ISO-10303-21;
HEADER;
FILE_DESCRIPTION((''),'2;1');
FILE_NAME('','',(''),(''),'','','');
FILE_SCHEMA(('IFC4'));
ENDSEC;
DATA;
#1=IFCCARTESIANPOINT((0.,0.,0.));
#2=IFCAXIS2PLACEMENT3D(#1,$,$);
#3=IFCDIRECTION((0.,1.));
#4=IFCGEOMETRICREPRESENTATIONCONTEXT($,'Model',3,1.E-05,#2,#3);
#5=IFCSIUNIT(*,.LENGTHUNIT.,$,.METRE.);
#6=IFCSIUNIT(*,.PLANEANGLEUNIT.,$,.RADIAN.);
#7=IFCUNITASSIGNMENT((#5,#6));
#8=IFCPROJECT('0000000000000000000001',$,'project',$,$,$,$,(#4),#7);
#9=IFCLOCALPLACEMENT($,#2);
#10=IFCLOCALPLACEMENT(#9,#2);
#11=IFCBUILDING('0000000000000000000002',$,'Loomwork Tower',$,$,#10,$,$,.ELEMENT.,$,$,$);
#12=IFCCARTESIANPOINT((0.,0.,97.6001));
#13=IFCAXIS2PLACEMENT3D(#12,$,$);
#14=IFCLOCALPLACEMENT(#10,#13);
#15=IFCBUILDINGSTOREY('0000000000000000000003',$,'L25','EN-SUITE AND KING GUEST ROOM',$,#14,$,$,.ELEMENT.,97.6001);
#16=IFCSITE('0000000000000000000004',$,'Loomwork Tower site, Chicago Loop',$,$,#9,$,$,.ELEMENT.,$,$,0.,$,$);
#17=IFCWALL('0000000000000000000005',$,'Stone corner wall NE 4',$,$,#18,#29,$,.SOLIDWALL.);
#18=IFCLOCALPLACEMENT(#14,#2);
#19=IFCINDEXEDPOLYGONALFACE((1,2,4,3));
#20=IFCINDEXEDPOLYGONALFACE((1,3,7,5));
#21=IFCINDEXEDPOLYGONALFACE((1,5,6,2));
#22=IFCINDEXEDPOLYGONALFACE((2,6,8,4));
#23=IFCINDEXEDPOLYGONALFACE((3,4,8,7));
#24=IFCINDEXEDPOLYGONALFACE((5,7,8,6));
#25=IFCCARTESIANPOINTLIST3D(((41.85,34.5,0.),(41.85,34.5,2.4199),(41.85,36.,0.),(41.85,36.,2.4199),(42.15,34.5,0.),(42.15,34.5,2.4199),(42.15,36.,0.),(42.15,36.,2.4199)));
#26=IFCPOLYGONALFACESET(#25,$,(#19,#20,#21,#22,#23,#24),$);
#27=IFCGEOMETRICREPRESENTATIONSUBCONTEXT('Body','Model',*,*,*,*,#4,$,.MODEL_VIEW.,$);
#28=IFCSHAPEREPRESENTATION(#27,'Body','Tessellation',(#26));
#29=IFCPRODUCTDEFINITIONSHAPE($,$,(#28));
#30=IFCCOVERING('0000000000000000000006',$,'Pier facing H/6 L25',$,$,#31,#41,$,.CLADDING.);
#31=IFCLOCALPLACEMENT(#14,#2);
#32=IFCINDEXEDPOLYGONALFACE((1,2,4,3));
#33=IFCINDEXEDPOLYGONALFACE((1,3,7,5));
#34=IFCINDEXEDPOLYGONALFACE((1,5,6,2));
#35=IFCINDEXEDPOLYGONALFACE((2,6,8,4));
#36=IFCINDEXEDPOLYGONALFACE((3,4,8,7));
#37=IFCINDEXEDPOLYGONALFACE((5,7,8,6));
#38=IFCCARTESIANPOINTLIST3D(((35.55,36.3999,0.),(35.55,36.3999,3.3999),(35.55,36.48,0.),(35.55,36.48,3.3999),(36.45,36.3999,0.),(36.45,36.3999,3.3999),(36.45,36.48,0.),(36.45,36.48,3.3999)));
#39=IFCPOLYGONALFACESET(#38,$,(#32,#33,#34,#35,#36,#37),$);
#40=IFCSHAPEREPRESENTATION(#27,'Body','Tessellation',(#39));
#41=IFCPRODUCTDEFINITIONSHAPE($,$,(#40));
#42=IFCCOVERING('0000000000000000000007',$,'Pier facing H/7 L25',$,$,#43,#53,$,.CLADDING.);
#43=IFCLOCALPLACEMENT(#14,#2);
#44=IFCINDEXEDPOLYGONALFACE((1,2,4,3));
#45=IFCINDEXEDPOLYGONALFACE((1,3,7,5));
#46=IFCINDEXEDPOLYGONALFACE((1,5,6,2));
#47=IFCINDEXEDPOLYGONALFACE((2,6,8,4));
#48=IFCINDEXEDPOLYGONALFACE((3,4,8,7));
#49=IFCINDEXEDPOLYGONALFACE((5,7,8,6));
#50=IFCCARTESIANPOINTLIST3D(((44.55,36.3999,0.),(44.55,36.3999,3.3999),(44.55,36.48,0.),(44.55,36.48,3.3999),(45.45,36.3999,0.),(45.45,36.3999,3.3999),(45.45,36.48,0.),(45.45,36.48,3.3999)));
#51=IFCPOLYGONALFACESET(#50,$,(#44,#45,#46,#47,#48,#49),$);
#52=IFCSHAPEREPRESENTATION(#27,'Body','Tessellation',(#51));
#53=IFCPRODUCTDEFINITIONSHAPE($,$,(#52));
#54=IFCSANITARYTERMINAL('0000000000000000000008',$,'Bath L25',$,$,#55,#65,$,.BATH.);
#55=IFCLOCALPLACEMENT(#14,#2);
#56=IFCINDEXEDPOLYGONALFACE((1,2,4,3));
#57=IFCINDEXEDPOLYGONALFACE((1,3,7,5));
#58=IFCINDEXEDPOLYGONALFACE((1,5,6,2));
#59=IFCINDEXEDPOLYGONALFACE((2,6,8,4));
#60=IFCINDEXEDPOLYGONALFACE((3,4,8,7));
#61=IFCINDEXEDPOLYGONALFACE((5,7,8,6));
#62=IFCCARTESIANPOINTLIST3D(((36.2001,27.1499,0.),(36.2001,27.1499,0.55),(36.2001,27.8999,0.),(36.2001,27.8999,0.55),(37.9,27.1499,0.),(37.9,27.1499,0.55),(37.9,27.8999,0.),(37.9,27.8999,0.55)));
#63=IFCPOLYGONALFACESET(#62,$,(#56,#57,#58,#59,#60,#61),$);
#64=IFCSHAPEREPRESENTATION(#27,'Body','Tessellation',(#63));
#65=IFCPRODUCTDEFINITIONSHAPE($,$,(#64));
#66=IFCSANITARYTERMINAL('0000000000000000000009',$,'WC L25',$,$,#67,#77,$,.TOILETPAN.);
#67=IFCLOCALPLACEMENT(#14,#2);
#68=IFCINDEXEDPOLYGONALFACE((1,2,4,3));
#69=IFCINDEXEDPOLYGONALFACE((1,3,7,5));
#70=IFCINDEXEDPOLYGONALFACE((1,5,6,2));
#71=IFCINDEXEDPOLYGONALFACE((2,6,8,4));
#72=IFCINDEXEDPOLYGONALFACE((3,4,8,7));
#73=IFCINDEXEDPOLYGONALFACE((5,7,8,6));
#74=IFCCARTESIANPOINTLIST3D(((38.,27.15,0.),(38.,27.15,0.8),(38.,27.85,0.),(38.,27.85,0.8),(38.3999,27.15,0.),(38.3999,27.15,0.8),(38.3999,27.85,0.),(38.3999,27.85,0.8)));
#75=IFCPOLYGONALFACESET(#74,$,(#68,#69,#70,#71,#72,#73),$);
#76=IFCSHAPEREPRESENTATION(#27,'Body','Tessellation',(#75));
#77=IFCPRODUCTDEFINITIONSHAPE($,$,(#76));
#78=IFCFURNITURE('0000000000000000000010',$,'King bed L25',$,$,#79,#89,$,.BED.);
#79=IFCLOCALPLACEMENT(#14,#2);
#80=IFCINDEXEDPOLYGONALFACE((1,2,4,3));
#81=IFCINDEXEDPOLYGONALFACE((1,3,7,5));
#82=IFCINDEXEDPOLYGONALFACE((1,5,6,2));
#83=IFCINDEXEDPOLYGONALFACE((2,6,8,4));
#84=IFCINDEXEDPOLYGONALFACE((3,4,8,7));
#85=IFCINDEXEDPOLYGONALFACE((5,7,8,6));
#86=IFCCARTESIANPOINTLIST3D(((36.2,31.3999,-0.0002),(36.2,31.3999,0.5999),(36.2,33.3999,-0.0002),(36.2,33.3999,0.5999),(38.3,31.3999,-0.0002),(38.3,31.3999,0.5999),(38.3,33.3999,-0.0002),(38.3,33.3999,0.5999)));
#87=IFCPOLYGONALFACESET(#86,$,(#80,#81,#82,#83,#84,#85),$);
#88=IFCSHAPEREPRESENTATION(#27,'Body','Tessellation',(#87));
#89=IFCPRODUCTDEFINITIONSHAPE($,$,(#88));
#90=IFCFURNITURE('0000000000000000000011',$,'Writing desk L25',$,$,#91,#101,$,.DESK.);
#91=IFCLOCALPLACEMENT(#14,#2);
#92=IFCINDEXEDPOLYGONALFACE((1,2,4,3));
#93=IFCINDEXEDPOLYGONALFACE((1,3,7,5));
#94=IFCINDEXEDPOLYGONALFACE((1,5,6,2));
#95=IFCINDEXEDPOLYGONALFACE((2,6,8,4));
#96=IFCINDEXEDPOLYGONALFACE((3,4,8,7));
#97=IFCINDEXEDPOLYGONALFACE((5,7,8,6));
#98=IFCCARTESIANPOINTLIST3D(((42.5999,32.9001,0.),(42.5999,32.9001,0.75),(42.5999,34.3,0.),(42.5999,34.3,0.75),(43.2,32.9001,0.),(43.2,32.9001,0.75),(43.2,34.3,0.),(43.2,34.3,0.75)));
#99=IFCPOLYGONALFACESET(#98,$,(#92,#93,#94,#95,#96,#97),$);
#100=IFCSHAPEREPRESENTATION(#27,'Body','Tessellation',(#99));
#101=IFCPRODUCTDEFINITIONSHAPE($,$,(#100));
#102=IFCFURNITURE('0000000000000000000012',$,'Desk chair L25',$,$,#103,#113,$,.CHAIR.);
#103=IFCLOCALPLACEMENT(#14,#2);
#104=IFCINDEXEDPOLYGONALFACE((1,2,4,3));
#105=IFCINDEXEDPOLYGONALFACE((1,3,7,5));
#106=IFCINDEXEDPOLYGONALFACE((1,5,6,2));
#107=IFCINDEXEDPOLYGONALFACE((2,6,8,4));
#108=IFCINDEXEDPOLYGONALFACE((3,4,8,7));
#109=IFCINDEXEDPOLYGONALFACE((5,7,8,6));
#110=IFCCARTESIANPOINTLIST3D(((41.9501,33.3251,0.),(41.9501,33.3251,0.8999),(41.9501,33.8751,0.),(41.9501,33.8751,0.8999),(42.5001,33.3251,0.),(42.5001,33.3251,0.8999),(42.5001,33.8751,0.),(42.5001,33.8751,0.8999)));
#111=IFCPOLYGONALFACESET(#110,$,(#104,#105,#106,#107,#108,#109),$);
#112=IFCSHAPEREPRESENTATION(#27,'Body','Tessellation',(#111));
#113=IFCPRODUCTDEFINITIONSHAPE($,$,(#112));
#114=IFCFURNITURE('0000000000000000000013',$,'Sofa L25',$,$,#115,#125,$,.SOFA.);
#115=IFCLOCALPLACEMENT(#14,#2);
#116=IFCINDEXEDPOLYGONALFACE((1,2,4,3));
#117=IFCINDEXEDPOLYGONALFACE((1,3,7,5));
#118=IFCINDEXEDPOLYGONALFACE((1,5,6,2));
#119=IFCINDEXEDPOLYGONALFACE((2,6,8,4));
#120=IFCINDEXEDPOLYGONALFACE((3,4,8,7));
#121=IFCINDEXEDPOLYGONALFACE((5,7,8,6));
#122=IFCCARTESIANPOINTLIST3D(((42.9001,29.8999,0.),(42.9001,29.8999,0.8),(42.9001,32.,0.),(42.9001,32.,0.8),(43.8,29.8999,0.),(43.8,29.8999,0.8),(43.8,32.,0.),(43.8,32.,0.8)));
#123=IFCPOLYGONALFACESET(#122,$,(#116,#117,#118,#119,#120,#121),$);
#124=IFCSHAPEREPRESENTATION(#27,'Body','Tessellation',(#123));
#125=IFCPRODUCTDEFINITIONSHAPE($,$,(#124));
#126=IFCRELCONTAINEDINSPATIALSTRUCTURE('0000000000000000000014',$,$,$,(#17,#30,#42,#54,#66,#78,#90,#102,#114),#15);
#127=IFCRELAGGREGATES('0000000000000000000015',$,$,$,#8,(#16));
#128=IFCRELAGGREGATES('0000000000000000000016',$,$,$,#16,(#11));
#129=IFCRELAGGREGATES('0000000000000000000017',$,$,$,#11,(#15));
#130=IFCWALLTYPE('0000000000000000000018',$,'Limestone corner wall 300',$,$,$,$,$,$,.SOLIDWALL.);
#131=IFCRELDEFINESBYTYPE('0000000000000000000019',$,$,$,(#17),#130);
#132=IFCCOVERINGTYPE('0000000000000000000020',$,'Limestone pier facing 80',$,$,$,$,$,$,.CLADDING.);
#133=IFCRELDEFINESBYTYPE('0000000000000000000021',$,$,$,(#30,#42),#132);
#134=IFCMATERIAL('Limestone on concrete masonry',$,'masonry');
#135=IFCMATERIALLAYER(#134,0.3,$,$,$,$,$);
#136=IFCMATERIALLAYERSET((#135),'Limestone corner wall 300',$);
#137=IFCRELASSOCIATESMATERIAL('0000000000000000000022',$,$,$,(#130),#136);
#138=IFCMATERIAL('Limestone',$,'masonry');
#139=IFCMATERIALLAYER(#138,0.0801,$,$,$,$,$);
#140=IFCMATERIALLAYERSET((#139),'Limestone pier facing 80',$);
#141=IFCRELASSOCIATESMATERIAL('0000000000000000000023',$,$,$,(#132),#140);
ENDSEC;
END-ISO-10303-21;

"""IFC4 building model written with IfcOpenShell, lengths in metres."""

from ifc_helpers import new_model, si_unit, direction, frame, frame_2d, origin, origin_2d, place, context, subcontext, project, spatial, rectangle, extrude, material, layer, layer_set, type_object, element, save


model = new_model("IFC4")

# Units and contexts
model_context = context("Model", 3, precision=1e-05, world=origin(), true_north=direction((0.0, 1.0)))
body_context = subcontext(model_context, "Body", "Model", "MODEL_VIEW")
ifc_project = project(units=[si_unit("LENGTHUNIT", "METRE"), si_unit("PLANEANGLEUNIT", "RADIAN")], contexts=[model_context])

# Site, building, storey
site_placement = place(None, origin())
site = spatial("IfcSite", under=ifc_project, at=site_placement, Name="Loomwork Tower site, Chicago Loop", CompositionType="ELEMENT", RefElevation=0.0)
building_placement = place(site_placement, origin())
building = spatial("IfcBuilding", under=site, at=building_placement, Name="Loomwork Tower", CompositionType="ELEMENT")
storey_placement = place(building_placement, frame((0.0, 0.0, 97.6001)))
storey = spatial("IfcBuildingStorey", under=building, at=storey_placement, Name="L25", Description="EN-SUITE AND KING GUEST ROOM", CompositionType="ELEMENT", Elevation=97.6001)

# Shared definitions
ifc_material_1 = material(Name="Limestone on concrete masonry", Category="masonry")
ifc_layer_1 = layer(ifc_material_1, 0.3)
ifc_layer_set_1 = layer_set([ifc_layer_1], Name="Limestone corner wall 300")
wall_type_1 = type_object("IfcWallType", Name="Limestone corner wall 300", PredefinedType="SOLIDWALL", material=ifc_layer_set_1)

# Wall
wall_1_placement = place(storey_placement, frame((42.0, 34.5, 0.0), z_axis=(0.0, 0.0, 1.0), x_axis=(0.0, 1.0, 0.0)))
element("IfcWall", 1, at=wall_1_placement, inside=storey, type_object=wall_type_1, Name="Stone corner wall NE 4", PredefinedType="SOLIDWALL", context=body_context, shape_type="SweptSolid", body=[
    extrude(rectangle(XDim=1.5, YDim=0.3, at=frame_2d((0.75, 0.0))), origin(), (0.0, 0.0, 1.0), 2.4199),
])

# Coverings
ifc_material_2 = material(Name="Limestone", Category="masonry")
ifc_layer_2 = layer(ifc_material_2, 0.0801)
ifc_layer_set_2 = layer_set([ifc_layer_2], Name="Limestone pier facing 80")
covering_type = type_object("IfcCoveringType", Name="Limestone pier facing 80", PredefinedType="CLADDING", material=ifc_layer_set_2)
for number, where, z_axis, x_axis, name in (
    (2, (36.0, 36.4399, 0.0), (0.0, 0.0, 1.0), (1.0, 0.0, 0.0), "Pier facing H/6 L25"),
    (3, (45.0, 36.4399, 0.0), (0.0, 0.0, 1.0), (1.0, 0.0, 0.0), "Pier facing H/7 L25"),
):
    element("IfcCovering", number, at=place(storey_placement, frame(where, z_axis=z_axis, x_axis=x_axis)), inside=storey, type_object=covering_type, Name=name, PredefinedType="CLADDING", context=body_context, shape_type="SweptSolid", body=[
        extrude(rectangle(XDim=0.8999, YDim=0.0801, at=origin_2d()), origin(), (0.0, 0.0, 1.0), 3.3999),
    ])

# Sanitary terminals
sanitary_terminal_1_placement = place(storey_placement, frame((37.05, 27.5249, 0.0), z_axis=(0.0, 0.0, 1.0), x_axis=(1.0, 0.0, 0.0)))
element("IfcSanitaryTerminal", 4, at=sanitary_terminal_1_placement, inside=storey, Name="Bath L25", PredefinedType="BATH", context=body_context, shape_type="SweptSolid", body=[
    extrude(rectangle(XDim=1.7, YDim=0.75, at=origin_2d()), origin(), (0.0, 0.0, 1.0), 0.55),
])
sanitary_terminal_2_placement = place(storey_placement, frame((38.2, 27.5, 0.0), z_axis=(0.0, 0.0, 1.0), x_axis=(1.0, 0.0, 0.0)))
element("IfcSanitaryTerminal", 5, at=sanitary_terminal_2_placement, inside=storey, Name="WC L25", PredefinedType="TOILETPAN", context=body_context, shape_type="SweptSolid", body=[
    extrude(rectangle(XDim=0.3999, YDim=0.7, at=origin_2d()), origin(), (0.0, 0.0, 1.0), 0.8),
])

# Furniture
furniture_1_placement = place(storey_placement, frame((37.25, 32.3999, -0.0002), z_axis=(0.0, 0.0, 1.0), x_axis=(1.0, 0.0, 0.0)))
element("IfcFurniture", 6, at=furniture_1_placement, inside=storey, Name="King bed L25", PredefinedType="BED", context=body_context, shape_type="SweptSolid", body=[
    extrude(rectangle(XDim=2.1001, YDim=2.0, at=origin_2d()), origin(), (0.0, 0.0, 1.0), 0.6001),
])
furniture_2_placement = place(storey_placement, frame((42.8999, 33.6001, 0.0), z_axis=(0.0, 0.0, 1.0), x_axis=(1.0, 0.0, 0.0)))
element("IfcFurniture", 7, at=furniture_2_placement, inside=storey, Name="Writing desk L25", PredefinedType="DESK", context=body_context, shape_type="SweptSolid", body=[
    extrude(rectangle(XDim=0.6001, YDim=1.3999, at=origin_2d()), origin(), (0.0, 0.0, 1.0), 0.75),
])
furniture_3_placement = place(storey_placement, frame((42.2251, 33.6001, 0.0), z_axis=(0.0, 0.0, 1.0), x_axis=(1.0, 0.0, 0.0)))
element("IfcFurniture", 8, at=furniture_3_placement, inside=storey, Name="Desk chair L25", PredefinedType="CHAIR", context=body_context, shape_type="SweptSolid", body=[
    extrude(rectangle(XDim=0.55, YDim=0.55, at=origin_2d()), origin(), (0.0, 0.0, 1.0), 0.8999),
])
furniture_4_placement = place(storey_placement, frame((43.3501, 30.95, 0.0), z_axis=(0.0, 0.0, 1.0), x_axis=(1.0, 0.0, 0.0)))
element("IfcFurniture", 9, at=furniture_4_placement, inside=storey, Name="Sofa L25", PredefinedType="SOFA", context=body_context, shape_type="SweptSolid", body=[
    extrude(rectangle(XDim=0.8999, YDim=2.1001, at=origin_2d()), origin(), (0.0, 0.0, 1.0), 0.8),
])

save(model, "model.ifc")
